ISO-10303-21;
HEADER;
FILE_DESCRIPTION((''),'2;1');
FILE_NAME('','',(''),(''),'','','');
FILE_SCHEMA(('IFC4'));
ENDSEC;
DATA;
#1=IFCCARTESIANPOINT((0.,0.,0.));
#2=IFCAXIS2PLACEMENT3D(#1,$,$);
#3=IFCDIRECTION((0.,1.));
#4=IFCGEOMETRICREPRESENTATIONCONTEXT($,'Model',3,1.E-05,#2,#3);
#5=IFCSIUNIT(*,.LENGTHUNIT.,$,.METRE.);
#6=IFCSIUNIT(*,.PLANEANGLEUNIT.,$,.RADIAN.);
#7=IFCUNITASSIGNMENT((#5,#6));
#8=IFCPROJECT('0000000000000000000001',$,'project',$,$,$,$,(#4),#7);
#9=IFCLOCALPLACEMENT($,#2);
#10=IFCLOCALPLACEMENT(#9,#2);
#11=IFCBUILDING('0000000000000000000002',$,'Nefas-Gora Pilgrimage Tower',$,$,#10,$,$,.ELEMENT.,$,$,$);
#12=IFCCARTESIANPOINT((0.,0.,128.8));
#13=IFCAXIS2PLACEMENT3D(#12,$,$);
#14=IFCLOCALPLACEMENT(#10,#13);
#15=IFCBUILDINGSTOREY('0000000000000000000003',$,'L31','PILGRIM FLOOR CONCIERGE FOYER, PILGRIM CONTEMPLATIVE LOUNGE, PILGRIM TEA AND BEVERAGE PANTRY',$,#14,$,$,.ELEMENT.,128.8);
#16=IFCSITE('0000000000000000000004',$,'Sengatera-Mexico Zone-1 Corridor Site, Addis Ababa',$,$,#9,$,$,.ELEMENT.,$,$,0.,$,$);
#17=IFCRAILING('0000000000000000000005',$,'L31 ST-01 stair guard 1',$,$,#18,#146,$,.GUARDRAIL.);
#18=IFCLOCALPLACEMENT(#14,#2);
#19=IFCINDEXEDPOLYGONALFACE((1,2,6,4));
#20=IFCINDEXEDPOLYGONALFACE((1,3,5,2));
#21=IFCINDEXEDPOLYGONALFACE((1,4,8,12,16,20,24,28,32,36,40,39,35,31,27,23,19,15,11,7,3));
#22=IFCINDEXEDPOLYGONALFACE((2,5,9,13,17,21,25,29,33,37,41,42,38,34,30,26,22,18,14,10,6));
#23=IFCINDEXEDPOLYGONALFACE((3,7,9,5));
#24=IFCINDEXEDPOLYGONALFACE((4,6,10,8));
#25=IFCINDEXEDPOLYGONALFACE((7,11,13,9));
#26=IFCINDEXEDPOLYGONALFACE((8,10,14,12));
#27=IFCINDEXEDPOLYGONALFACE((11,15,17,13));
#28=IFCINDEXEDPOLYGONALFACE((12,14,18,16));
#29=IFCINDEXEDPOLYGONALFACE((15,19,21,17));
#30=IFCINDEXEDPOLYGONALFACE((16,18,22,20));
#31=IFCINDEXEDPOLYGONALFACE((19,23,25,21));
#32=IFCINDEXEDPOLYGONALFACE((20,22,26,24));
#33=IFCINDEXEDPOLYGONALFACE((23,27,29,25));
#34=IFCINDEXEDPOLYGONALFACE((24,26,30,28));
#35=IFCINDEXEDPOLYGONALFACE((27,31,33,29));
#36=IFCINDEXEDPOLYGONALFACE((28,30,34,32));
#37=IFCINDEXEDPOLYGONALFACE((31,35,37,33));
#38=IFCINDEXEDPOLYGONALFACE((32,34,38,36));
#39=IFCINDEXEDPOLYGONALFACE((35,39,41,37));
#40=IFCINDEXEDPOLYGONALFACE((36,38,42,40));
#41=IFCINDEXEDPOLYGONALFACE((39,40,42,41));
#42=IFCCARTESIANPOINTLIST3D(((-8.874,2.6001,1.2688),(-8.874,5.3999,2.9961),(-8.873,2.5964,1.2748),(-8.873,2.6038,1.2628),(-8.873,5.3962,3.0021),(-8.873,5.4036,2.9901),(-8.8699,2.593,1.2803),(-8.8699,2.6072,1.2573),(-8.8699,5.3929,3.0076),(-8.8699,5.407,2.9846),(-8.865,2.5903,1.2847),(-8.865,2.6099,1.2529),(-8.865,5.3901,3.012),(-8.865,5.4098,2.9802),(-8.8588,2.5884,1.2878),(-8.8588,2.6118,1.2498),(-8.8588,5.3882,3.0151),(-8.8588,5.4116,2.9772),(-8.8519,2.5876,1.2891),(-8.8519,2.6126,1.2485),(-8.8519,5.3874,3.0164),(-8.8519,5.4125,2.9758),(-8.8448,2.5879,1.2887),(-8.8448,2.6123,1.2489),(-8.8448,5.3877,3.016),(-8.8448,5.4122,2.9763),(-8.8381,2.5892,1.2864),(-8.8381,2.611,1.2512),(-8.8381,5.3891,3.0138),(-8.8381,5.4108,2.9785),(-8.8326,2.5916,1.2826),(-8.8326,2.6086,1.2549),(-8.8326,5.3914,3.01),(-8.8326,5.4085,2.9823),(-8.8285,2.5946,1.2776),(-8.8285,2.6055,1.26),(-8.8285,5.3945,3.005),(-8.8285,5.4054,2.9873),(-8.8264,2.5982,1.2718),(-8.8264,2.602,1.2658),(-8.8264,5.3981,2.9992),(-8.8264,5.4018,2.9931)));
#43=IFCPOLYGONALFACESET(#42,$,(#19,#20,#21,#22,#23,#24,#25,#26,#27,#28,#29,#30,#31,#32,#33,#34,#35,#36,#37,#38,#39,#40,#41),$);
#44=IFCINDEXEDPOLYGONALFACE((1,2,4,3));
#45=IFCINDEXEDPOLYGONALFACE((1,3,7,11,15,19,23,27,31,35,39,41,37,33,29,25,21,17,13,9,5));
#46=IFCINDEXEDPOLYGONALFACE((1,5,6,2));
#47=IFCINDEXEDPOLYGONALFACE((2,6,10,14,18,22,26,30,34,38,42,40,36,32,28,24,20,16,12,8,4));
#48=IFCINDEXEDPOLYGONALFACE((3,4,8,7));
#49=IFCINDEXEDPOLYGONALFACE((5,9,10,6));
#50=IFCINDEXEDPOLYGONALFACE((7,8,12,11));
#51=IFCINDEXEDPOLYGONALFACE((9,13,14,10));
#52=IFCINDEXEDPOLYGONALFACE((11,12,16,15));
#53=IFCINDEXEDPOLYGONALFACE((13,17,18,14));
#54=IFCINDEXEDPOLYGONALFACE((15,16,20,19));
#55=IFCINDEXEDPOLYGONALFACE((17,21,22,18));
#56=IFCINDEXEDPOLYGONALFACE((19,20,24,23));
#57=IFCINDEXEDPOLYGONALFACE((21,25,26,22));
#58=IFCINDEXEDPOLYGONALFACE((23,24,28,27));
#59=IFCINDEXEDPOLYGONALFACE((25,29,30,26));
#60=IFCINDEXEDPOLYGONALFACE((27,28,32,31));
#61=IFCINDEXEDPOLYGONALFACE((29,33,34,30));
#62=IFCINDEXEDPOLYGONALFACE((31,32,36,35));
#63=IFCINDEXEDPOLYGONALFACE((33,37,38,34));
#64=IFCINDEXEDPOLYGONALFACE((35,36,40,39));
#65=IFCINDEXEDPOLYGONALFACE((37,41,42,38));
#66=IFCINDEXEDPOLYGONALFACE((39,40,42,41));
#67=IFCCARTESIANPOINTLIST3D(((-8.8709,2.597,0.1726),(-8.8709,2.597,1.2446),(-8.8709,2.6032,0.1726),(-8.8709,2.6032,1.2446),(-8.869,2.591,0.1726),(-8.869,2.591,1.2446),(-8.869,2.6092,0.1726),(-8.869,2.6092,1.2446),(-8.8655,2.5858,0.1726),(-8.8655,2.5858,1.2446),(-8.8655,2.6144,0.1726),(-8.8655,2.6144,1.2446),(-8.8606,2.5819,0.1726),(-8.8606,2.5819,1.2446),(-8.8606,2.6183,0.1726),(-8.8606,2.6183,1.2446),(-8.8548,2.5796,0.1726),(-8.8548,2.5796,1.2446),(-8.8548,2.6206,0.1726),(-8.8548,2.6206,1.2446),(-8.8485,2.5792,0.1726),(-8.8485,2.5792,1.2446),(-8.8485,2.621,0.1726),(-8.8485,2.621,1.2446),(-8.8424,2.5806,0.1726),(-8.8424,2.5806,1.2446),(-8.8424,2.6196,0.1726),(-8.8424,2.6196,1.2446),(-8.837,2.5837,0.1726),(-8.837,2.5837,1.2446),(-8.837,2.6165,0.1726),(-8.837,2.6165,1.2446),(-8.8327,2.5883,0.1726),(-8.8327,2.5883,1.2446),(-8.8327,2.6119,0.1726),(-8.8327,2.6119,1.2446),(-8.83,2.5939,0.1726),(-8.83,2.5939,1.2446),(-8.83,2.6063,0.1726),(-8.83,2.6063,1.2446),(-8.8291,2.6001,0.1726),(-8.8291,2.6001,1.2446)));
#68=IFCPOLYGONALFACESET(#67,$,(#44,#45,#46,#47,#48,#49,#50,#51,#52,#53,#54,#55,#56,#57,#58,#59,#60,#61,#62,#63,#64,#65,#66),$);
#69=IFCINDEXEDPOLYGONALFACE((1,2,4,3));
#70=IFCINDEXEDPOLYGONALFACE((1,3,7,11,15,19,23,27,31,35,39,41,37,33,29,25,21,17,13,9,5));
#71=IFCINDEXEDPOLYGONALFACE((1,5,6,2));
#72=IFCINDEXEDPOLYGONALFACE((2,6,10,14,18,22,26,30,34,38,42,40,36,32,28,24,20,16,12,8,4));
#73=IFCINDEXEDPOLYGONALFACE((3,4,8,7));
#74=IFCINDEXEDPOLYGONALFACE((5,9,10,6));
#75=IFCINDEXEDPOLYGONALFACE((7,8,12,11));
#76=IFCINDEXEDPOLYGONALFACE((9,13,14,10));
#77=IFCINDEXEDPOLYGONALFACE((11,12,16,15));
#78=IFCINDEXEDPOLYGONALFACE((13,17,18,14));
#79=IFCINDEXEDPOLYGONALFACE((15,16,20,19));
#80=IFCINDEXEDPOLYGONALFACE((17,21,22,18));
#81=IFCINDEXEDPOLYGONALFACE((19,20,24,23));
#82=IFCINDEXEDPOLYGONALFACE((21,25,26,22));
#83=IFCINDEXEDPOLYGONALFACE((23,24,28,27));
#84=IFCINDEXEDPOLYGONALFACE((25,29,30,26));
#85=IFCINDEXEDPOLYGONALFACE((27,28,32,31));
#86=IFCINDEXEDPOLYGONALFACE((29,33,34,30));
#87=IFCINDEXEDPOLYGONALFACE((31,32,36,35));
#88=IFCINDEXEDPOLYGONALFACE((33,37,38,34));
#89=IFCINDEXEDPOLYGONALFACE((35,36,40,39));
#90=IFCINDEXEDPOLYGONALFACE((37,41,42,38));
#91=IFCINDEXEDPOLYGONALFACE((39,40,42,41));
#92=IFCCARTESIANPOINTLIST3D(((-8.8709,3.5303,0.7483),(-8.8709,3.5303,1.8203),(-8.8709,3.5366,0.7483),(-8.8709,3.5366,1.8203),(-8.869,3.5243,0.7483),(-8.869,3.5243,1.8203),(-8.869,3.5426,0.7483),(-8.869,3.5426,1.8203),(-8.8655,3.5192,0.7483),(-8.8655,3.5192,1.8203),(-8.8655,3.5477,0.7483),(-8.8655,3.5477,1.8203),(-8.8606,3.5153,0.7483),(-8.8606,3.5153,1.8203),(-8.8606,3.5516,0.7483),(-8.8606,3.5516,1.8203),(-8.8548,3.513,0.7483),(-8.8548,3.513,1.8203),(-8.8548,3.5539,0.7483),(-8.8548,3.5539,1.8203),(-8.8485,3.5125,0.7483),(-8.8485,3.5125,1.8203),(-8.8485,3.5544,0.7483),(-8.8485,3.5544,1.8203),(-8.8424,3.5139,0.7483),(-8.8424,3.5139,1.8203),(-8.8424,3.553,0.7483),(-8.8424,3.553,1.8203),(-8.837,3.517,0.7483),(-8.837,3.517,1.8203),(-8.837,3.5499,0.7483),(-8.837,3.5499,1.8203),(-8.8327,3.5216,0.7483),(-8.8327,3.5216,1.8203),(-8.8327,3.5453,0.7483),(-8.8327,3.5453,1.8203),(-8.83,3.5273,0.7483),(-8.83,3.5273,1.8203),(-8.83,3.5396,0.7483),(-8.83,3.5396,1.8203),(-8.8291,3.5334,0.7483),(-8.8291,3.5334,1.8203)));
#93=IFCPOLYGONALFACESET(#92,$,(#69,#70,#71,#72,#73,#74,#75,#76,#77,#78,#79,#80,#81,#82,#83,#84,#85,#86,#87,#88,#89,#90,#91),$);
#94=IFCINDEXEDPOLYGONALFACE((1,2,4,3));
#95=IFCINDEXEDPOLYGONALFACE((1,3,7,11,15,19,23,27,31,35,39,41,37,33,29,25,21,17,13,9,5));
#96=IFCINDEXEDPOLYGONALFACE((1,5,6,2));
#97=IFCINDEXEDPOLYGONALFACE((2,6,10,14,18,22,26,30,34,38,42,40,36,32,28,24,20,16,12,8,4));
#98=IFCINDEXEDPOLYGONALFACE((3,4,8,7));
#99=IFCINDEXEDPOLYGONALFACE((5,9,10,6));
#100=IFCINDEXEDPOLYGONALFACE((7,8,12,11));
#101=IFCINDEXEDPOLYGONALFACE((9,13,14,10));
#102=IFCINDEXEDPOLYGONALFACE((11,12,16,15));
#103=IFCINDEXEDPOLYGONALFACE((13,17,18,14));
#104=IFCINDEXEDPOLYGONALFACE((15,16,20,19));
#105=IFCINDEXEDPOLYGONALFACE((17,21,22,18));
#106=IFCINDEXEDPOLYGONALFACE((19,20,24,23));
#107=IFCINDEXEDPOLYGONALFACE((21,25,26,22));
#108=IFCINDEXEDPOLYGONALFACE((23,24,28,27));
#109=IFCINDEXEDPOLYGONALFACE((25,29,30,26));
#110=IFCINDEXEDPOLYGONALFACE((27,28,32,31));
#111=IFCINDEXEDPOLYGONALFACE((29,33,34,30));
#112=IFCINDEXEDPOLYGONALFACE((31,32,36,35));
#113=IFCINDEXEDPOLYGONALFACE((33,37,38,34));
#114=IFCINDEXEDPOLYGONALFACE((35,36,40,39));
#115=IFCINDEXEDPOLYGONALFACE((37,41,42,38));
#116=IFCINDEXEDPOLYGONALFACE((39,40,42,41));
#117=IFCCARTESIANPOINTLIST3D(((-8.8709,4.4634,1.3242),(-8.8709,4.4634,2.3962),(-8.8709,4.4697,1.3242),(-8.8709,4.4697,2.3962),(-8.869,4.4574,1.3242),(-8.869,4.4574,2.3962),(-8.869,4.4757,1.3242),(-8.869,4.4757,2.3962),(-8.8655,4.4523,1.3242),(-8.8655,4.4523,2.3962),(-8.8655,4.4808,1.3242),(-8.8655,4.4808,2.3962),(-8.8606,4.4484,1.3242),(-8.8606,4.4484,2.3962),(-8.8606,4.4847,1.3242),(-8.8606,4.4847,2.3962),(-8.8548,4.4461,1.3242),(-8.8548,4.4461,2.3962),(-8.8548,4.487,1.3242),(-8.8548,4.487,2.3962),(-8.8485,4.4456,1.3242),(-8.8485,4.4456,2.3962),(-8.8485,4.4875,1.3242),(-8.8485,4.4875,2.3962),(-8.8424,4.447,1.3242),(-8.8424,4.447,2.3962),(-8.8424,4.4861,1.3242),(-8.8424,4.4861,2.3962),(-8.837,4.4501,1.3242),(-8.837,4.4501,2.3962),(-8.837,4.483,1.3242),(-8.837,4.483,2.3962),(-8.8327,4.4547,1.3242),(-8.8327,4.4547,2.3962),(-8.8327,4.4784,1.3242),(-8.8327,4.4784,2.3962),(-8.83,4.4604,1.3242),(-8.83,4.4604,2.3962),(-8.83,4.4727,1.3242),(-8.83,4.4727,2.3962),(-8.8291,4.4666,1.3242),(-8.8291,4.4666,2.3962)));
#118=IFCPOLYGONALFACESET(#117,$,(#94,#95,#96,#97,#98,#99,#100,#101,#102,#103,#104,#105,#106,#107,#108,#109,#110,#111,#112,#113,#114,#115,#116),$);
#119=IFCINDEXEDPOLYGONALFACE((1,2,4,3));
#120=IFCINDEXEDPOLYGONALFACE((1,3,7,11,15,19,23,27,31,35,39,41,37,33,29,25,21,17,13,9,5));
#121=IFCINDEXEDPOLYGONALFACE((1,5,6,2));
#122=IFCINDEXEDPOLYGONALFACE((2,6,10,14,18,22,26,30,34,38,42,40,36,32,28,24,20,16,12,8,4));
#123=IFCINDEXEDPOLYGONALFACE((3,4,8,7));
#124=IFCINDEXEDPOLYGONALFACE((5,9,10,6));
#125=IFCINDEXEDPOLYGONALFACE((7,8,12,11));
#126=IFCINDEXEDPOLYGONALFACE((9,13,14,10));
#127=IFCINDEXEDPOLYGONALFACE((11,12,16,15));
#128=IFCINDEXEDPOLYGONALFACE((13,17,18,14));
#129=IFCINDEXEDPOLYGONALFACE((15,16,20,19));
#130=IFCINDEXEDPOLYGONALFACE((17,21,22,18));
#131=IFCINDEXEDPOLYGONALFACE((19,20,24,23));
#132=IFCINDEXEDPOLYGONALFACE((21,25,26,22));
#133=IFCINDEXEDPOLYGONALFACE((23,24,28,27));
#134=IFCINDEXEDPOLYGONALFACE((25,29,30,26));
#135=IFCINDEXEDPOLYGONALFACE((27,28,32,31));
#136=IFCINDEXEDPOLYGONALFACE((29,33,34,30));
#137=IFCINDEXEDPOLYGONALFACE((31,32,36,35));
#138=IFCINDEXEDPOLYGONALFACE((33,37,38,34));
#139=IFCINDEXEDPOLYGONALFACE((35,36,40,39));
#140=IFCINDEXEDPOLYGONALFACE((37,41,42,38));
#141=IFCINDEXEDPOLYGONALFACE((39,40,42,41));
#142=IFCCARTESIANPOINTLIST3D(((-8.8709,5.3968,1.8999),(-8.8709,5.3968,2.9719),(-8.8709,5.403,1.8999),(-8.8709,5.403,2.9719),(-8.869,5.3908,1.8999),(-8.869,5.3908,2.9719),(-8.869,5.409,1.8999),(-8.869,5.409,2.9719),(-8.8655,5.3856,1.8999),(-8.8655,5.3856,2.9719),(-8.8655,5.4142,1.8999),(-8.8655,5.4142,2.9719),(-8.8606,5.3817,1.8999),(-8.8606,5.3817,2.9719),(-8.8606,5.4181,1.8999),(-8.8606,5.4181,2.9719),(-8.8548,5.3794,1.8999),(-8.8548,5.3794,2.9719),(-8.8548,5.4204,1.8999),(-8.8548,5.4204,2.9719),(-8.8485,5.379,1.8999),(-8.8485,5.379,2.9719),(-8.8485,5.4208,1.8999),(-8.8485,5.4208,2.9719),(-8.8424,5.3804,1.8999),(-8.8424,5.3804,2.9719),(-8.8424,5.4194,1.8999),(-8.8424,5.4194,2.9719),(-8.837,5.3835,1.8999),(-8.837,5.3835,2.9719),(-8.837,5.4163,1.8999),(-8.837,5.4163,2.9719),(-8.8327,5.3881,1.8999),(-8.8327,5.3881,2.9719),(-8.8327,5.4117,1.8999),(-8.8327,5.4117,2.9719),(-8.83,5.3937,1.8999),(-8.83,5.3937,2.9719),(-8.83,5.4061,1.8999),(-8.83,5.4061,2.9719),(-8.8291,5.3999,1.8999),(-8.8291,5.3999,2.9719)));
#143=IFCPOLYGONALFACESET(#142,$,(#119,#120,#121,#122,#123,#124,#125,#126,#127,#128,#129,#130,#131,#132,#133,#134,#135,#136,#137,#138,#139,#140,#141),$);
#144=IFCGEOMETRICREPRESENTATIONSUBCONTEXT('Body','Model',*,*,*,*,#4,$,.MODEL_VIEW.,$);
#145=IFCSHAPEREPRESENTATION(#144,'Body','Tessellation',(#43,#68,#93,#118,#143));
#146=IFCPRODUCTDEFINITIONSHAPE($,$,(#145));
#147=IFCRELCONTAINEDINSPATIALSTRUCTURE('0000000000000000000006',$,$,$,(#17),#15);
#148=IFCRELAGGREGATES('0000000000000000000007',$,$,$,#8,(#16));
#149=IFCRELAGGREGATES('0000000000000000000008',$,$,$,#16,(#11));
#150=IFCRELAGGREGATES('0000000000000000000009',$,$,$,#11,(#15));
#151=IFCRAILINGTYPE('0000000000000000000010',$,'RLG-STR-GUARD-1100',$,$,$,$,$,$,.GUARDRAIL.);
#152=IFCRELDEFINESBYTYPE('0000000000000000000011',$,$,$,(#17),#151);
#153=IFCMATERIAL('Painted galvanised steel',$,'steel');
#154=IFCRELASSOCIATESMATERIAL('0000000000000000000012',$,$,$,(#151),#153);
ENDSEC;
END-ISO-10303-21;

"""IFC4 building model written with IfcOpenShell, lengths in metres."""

from ifc_helpers import new_model, si_unit, direction, frame, origin, origin_2d, place, context, subcontext, project, spatial, circle, extrude, material, type_object, element, save


model = new_model("IFC4")

# Units and contexts
model_context = context("Model", 3, precision=1e-05, world=origin(), true_north=direction((0.0, 1.0)))
body_context = subcontext(model_context, "Body", "Model", "MODEL_VIEW")
ifc_project = project(units=[si_unit("LENGTHUNIT", "METRE"), si_unit("PLANEANGLEUNIT", "RADIAN")], contexts=[model_context])

# Site, building, storey
site_placement = place(None, origin())
site = spatial("IfcSite", under=ifc_project, at=site_placement, Name="Sengatera-Mexico Zone-1 Corridor Site, Addis Ababa", CompositionType="ELEMENT", RefElevation=0.0)
building_placement = place(site_placement, origin())
building = spatial("IfcBuilding", under=site, at=building_placement, Name="Nefas-Gora Pilgrimage Tower", CompositionType="ELEMENT")
storey_placement = place(building_placement, frame((0.0, 0.0, 128.8)))
storey = spatial("IfcBuildingStorey", under=building, at=storey_placement, Name="L31", Description="PILGRIM FLOOR CONCIERGE FOYER, PILGRIM CONTEMPLATIVE LOUNGE, PILGRIM TEA AND BEVERAGE PANTRY", CompositionType="ELEMENT", Elevation=128.8)

# Railing
ifc_material_1 = material(Name="Painted galvanised steel", Category="steel")
railing_type_1 = type_object("IfcRailingType", Name="RLG-STR-GUARD-1100", PredefinedType="GUARDRAIL", material=ifc_material_1)
railing_1_placement = place(storey_placement, frame((-8.8501, 2.6001, 0.1726)))
element("IfcRailing", 1, at=railing_1_placement, inside=storey, type_object=railing_type_1, Name="L31 ST-01 stair guard 1", PredefinedType="GUARDRAIL", context=body_context, shape_type="SweptSolid", body=[
    extrude(circle(Radius=0.0239, at=origin_2d()), frame((0.0, 0.0, 1.0962), z_axis=(0.0, 0.851069, 0.525054), x_axis=(-1.0, 0.0, 0.0)), (0.0, 0.0, 1.0), 3.2898),
    extrude(circle(Radius=0.021, at=origin_2d()), origin(), (0.0, 0.0, 1.0), 1.072),
    extrude(circle(Radius=0.021, at=origin_2d()), frame((0.0, 0.9333, 0.5757)), (0.0, 0.0, 1.0), 1.072),
    extrude(circle(Radius=0.021, at=origin_2d()), frame((0.0, 1.8665, 1.1516)), (0.0, 0.0, 1.0), 1.072),
    extrude(circle(Radius=0.021, at=origin_2d()), frame((0.0, 2.7998, 1.7273)), (0.0, 0.0, 1.0), 1.072),
])

save(model, "model.ifc")
